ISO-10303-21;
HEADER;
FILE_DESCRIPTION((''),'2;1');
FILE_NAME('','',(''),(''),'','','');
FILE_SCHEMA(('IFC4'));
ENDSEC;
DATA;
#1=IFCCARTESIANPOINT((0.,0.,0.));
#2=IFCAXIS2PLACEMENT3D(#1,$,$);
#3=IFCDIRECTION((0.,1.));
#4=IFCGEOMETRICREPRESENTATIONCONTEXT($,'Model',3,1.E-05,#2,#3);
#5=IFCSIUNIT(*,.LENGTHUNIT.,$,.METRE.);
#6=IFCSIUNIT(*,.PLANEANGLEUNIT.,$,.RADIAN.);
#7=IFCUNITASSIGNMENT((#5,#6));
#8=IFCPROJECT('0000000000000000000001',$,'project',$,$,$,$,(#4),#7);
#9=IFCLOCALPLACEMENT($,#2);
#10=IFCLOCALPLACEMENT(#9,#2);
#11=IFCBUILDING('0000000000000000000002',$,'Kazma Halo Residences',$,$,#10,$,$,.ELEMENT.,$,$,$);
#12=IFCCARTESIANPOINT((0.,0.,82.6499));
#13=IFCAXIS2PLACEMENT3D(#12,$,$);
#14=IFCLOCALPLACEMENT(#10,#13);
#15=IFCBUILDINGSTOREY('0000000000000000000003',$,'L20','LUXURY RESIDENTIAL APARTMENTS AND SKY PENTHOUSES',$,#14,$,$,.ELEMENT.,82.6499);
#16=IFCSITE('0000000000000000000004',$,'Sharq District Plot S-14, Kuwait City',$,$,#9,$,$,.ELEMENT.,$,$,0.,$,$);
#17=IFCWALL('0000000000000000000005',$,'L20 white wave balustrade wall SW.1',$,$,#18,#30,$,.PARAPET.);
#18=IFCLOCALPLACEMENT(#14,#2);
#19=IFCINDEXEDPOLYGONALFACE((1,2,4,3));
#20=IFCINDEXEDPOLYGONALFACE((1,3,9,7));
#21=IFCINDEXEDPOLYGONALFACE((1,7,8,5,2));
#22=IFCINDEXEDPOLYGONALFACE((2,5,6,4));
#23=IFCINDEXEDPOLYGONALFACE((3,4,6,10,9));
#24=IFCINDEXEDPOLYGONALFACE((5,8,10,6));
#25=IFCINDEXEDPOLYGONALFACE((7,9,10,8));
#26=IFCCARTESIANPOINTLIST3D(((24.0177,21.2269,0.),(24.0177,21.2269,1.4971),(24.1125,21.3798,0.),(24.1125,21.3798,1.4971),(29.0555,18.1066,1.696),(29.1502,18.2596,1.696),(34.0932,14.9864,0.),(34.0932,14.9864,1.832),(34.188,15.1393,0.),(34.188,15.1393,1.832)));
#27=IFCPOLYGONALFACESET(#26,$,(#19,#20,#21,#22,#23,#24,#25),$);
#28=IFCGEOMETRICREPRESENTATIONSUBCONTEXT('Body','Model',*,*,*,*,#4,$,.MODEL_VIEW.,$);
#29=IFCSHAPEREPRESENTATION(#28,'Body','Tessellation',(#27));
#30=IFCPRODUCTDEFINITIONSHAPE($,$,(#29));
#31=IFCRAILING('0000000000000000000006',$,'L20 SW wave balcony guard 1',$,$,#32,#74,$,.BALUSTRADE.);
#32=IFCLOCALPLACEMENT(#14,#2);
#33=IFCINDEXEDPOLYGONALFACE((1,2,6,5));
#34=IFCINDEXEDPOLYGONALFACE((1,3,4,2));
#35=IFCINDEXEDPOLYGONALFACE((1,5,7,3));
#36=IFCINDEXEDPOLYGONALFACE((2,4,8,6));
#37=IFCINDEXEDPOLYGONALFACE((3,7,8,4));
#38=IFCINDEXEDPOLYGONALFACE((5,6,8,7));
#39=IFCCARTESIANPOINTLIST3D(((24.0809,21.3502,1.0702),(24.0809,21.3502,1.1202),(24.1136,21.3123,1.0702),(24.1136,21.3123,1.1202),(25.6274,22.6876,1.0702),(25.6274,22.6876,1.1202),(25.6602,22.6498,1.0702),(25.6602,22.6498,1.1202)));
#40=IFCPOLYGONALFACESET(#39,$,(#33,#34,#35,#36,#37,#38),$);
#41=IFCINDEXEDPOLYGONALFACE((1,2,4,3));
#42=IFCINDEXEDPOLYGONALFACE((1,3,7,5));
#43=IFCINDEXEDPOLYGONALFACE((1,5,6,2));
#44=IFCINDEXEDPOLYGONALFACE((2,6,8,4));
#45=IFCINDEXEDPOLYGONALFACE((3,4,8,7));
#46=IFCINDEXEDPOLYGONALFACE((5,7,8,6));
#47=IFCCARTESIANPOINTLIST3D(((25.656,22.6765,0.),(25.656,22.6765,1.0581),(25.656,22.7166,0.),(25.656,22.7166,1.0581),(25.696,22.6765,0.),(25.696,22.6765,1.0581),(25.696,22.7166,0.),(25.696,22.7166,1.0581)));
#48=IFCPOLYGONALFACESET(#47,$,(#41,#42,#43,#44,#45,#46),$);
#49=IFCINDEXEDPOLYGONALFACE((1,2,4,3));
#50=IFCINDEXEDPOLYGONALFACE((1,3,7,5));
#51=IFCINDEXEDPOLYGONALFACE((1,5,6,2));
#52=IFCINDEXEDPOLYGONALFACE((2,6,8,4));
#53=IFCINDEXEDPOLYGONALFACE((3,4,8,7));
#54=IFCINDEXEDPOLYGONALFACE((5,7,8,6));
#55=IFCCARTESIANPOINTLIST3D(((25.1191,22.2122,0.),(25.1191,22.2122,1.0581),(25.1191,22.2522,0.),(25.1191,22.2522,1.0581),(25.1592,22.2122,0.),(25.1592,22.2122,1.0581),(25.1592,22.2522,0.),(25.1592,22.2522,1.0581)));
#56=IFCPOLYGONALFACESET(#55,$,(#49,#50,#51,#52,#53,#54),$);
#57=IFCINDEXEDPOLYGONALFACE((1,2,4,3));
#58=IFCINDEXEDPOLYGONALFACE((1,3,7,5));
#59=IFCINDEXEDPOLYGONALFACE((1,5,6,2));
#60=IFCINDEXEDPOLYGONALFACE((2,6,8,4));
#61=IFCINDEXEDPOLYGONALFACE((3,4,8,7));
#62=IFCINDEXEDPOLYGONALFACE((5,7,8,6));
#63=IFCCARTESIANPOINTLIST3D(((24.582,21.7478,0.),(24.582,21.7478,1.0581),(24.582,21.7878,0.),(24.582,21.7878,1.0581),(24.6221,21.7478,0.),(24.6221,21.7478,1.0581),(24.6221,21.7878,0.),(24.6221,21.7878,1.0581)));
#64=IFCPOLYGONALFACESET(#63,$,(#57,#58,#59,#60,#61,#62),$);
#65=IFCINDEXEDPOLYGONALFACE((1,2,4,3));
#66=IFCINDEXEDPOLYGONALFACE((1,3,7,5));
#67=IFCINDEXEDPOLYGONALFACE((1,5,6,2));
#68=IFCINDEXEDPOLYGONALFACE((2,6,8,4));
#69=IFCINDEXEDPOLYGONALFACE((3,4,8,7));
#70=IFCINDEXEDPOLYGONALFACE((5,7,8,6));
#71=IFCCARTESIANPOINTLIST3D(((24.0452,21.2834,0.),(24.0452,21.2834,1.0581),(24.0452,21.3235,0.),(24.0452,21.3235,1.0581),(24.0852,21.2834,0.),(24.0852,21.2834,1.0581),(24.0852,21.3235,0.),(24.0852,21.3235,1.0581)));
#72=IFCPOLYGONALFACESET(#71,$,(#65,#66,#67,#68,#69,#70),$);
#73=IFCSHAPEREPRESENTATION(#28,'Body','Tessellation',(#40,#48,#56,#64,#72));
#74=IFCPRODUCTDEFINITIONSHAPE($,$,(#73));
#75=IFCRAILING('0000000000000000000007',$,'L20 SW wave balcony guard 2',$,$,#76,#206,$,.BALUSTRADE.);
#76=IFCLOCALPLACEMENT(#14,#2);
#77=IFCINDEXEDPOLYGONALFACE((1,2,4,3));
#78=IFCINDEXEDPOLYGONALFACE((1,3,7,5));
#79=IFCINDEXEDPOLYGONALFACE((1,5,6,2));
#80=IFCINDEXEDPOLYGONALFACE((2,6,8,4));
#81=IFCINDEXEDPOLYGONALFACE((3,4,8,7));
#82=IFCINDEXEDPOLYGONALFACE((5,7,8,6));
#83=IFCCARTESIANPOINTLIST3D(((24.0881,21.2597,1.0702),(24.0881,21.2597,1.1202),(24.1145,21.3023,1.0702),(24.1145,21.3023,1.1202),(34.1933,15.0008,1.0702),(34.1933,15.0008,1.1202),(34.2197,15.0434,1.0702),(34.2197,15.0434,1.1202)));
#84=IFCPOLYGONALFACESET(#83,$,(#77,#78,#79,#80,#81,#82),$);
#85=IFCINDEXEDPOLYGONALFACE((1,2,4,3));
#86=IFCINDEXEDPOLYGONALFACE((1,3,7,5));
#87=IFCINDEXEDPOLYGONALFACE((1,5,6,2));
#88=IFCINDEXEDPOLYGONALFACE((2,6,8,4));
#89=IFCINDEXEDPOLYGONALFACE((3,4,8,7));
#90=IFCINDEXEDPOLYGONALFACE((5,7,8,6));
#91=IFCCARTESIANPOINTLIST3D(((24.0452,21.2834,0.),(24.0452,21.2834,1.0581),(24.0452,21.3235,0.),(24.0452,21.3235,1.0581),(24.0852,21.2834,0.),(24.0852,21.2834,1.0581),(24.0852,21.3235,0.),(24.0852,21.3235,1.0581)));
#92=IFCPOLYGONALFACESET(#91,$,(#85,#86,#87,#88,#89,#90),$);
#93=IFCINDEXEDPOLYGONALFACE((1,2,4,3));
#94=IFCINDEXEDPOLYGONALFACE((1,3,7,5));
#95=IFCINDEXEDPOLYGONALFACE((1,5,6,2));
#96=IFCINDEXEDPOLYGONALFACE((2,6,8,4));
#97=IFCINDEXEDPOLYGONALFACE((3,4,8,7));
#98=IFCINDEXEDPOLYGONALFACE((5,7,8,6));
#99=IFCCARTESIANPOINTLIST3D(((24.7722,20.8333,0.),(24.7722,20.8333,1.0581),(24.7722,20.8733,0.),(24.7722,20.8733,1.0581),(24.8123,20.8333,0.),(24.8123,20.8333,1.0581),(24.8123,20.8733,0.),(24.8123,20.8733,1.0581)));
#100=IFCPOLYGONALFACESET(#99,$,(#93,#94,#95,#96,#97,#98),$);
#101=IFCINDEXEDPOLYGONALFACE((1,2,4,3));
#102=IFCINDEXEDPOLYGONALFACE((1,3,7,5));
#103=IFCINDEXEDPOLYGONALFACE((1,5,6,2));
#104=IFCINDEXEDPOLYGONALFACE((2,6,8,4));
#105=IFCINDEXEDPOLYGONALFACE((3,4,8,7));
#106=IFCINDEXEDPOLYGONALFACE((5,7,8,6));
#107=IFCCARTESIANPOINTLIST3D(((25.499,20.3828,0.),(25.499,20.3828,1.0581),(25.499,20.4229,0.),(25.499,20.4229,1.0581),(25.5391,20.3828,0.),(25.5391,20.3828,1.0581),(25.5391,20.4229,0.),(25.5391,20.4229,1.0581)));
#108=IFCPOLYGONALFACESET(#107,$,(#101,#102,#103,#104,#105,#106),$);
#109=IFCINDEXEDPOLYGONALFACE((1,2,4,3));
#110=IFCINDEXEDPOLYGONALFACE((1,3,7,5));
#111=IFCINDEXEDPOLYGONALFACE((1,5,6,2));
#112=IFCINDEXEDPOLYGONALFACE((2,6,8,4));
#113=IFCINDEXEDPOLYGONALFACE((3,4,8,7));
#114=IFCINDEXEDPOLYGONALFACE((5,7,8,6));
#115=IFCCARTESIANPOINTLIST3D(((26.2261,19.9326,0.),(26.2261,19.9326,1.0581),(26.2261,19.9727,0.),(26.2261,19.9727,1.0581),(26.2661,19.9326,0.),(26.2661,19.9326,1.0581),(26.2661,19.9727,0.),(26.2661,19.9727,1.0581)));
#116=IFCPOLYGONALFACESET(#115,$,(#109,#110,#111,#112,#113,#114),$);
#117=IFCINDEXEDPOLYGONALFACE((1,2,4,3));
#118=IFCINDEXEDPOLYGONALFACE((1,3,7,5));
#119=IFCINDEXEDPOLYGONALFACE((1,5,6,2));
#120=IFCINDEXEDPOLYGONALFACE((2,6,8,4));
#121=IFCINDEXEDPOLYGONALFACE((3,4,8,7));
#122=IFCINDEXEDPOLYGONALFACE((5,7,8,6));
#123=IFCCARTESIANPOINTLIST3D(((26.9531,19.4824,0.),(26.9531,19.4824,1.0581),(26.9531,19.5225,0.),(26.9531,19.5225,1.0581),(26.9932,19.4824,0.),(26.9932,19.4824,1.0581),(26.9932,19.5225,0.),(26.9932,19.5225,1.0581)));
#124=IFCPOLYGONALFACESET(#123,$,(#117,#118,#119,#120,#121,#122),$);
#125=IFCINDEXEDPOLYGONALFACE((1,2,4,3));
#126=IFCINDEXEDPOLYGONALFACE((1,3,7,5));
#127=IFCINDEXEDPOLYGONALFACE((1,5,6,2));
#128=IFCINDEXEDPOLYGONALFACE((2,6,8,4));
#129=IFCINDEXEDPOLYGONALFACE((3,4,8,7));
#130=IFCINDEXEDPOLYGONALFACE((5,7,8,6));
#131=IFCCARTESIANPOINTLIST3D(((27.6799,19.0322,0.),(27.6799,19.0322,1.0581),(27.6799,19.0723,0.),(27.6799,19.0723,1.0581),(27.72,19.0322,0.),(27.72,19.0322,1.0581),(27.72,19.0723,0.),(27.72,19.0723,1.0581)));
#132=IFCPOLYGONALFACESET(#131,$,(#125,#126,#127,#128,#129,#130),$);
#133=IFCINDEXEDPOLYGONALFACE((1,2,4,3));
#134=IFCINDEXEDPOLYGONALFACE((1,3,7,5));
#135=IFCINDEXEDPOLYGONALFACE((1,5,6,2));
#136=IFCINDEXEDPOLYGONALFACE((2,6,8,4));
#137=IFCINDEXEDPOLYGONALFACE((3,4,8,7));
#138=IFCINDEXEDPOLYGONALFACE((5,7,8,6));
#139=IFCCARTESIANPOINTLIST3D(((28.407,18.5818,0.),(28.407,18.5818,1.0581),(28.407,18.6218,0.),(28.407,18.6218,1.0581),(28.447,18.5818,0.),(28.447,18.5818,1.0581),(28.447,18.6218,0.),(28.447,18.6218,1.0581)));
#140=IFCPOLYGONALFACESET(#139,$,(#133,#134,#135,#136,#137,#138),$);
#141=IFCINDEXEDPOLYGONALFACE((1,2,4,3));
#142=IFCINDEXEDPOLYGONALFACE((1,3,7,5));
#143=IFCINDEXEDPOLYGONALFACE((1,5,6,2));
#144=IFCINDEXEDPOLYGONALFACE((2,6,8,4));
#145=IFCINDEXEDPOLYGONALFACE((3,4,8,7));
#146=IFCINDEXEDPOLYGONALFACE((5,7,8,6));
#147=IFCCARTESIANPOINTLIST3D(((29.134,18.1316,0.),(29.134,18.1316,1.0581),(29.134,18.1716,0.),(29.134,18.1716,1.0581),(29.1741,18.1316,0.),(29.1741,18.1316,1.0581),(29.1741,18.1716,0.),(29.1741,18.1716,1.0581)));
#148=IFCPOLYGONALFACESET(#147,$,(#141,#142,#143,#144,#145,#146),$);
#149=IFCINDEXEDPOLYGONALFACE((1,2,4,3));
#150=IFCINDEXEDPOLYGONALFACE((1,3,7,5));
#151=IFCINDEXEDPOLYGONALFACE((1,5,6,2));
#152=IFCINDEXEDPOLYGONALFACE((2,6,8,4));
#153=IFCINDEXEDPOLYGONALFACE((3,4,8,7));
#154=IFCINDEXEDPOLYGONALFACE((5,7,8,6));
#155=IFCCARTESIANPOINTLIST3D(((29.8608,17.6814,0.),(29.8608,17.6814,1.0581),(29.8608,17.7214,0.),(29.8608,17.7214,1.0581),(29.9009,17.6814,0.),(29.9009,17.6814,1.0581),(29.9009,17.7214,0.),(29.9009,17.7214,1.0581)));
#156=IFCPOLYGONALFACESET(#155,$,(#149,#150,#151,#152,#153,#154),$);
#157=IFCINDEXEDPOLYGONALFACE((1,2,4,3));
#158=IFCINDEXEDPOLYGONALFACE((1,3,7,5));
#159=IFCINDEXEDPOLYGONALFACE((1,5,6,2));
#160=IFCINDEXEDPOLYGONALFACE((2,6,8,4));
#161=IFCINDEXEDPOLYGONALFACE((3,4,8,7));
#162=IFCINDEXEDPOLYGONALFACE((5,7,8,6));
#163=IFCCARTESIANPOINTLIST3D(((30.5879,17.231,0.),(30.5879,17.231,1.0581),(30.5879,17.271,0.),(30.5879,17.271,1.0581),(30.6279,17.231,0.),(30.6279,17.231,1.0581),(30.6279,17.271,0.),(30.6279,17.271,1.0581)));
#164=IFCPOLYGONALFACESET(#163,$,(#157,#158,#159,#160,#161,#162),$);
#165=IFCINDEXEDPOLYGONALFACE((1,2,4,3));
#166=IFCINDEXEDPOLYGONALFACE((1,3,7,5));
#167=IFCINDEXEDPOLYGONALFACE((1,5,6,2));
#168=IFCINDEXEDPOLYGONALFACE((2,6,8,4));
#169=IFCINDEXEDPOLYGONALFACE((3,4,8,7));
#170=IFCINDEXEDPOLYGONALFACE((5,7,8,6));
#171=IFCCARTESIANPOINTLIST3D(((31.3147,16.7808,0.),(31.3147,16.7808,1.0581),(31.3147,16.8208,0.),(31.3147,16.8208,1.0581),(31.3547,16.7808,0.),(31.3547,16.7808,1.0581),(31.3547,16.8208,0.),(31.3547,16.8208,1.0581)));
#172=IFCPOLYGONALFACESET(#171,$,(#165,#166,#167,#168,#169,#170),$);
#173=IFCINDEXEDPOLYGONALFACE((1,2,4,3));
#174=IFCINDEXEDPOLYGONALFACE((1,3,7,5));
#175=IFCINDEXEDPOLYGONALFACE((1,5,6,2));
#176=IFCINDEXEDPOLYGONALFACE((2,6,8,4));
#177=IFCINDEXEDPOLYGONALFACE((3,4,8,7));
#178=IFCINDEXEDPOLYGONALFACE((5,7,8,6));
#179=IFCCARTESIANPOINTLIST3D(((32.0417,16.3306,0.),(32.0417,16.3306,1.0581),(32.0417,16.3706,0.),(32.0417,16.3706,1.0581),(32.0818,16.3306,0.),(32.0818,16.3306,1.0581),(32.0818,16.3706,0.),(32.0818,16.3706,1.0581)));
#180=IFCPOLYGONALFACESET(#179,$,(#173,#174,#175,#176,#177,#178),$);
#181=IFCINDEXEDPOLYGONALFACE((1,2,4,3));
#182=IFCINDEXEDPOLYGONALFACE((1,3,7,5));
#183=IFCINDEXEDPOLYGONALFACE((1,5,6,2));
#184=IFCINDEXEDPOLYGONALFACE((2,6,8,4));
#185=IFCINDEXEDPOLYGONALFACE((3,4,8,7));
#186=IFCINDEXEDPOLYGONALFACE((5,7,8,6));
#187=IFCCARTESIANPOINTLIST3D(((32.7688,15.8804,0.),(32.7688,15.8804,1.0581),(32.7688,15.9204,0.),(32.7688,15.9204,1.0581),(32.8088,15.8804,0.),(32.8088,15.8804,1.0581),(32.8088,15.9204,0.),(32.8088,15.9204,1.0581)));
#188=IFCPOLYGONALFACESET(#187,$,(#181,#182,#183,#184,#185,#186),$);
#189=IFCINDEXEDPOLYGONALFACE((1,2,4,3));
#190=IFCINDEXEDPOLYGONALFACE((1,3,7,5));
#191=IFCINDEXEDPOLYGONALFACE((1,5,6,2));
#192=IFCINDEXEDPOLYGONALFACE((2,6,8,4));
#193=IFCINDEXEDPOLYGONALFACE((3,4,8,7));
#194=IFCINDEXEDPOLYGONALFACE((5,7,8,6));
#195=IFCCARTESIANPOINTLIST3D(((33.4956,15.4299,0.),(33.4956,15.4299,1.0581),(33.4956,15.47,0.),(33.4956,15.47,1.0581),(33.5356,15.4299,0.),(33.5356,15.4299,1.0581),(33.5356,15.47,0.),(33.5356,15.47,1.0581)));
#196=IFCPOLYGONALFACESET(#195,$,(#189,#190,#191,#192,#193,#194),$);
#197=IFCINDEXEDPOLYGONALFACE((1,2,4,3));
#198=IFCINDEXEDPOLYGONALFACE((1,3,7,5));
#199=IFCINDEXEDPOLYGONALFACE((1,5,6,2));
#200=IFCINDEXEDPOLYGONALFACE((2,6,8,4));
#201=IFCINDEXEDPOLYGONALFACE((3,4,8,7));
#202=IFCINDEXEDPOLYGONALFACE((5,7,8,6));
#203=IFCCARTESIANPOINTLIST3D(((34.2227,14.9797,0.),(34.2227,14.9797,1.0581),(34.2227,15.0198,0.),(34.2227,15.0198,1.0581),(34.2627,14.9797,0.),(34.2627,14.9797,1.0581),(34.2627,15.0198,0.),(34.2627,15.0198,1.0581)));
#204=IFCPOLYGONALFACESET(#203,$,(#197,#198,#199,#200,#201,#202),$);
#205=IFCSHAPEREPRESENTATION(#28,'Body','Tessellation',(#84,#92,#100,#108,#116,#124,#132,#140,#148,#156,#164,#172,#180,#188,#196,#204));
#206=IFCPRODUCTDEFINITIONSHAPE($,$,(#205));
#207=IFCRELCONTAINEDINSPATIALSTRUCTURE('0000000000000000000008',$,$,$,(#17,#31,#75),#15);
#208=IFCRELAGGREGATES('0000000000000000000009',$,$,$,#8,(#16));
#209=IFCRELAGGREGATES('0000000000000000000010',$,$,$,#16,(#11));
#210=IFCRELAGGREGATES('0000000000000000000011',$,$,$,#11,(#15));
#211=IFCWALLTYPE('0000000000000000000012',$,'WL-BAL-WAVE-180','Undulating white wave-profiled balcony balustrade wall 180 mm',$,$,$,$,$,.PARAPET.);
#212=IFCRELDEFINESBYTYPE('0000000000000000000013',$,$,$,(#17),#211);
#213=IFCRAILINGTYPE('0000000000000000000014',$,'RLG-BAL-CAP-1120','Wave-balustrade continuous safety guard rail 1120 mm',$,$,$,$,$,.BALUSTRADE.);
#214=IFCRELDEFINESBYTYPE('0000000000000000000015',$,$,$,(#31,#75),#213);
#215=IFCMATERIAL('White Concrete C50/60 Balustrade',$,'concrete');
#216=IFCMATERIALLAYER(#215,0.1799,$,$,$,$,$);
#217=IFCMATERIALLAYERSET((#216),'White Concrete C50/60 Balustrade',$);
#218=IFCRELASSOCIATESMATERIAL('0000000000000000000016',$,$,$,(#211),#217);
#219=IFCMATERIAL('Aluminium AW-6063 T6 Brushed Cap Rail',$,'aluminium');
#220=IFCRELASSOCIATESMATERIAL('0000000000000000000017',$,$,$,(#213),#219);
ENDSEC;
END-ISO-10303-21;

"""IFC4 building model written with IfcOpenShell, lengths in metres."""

from ifc_helpers import new_model, si_unit, direction, frame, origin, origin_2d, place, context, subcontext, project, spatial, polyline, rectangle, outline, extrude, material, layer, layer_set, type_object, element, save


model = new_model("IFC4")

# Units and contexts
model_context = context("Model", 3, precision=1e-05, world=origin(), true_north=direction((0.0, 1.0)))
body_context = subcontext(model_context, "Body", "Model", "MODEL_VIEW")
ifc_project = project(units=[si_unit("LENGTHUNIT", "METRE"), si_unit("PLANEANGLEUNIT", "RADIAN")], contexts=[model_context])

# Site, building, storey
site_placement = place(None, origin())
site = spatial("IfcSite", under=ifc_project, at=site_placement, Name="Sharq District Plot S-14, Kuwait City", CompositionType="ELEMENT", RefElevation=0.0)
building_placement = place(site_placement, origin())
building = spatial("IfcBuilding", under=site, at=building_placement, Name="Kazma Halo Residences", CompositionType="ELEMENT")
storey_placement = place(building_placement, frame((0.0, 0.0, 82.6499)))
storey = spatial("IfcBuildingStorey", under=building, at=storey_placement, Name="L20", Description="LUXURY RESIDENTIAL APARTMENTS AND SKY PENTHOUSES", CompositionType="ELEMENT", Elevation=82.6499)

# Wall
ifc_material_1 = material(Name="White Concrete C50/60 Balustrade", Category="concrete")
ifc_layer_1 = layer(ifc_material_1, 0.1799)
ifc_layer_set_1 = layer_set([ifc_layer_1], Name="White Concrete C50/60 Balustrade")
wall_type_1 = type_object("IfcWallType", Name="WL-BAL-WAVE-180", Description="Undulating white wave-profiled balcony balustrade wall 180 mm", PredefinedType="PARAPET", material=ifc_layer_set_1)
wall_1_placement = place(storey_placement, frame((24.0652, 21.3035, 0.0), z_axis=(0.0, 0.0, 1.0), x_axis=(0.85014, -0.526556, 0.0)))
element("IfcWall", 1, at=wall_1_placement, inside=storey, type_object=wall_type_1, Name="L20 white wave balustrade wall SW.1", PredefinedType="PARAPET", context=body_context, shape_type="SweptSolid", body=[
    extrude(outline(polyline([(0.0, 0.0), (11.8516, 0.0), (11.8516, 1.832), (5.9258, 1.696), (0.0, 1.4971), (0.0, 0.0)])), frame((0.0, 0.0898, 0.0), z_axis=(0.0, -1.0, 0.0), x_axis=(1.0, 0.0, 0.0)), (0.0, 0.0, 1.0), 0.1799),
])

# Railings
ifc_material_2 = material(Name="Aluminium AW-6063 T6 Brushed Cap Rail", Category="aluminium")
railing_type = type_object("IfcRailingType", Name="RLG-BAL-CAP-1120", Description="Wave-balustrade continuous safety guard rail 1120 mm", PredefinedType="BALUSTRADE", material=ifc_material_2)
railing_1_placement = place(storey_placement, frame((25.676, 22.6965, 0.0)))
element("IfcRailing", 2, at=railing_1_placement, inside=storey, type_object=railing_type, Name="L20 SW wave balcony guard 1", PredefinedType="BALUSTRADE", context=body_context, shape_type="SweptSolid", body=[
    extrude(rectangle(XDim=0.05, YDim=0.05, at=origin_2d()), frame((-0.0322, -0.0278, 1.0952), z_axis=(-0.756385, -0.654127, 0.0), x_axis=(0.654127, -0.756385, 0.0)), (0.0, 0.0, 1.0), 2.0447),
    extrude(rectangle(XDim=0.04, YDim=0.04, at=origin_2d()), origin(), (0.0, 0.0, 1.0), 1.0581),
    extrude(rectangle(XDim=0.04, YDim=0.04, at=origin_2d()), frame((-0.5369, -0.4644, 0.0)), (0.0, 0.0, 1.0), 1.0581),
    extrude(rectangle(XDim=0.04, YDim=0.04, at=origin_2d()), frame((-1.074, -0.9287, 0.0)), (0.0, 0.0, 1.0), 1.0581),
    extrude(rectangle(XDim=0.04, YDim=0.04, at=origin_2d()), frame((-1.6108, -1.3931, 0.0)), (0.0, 0.0, 1.0), 1.0581),
])
railing_2_placement = place(storey_placement, frame((24.0652, 21.3035, 0.0)))
element("IfcRailing", 3, at=railing_2_placement, inside=storey, type_object=railing_type, Name="L20 SW wave balcony guard 2", PredefinedType="BALUSTRADE", context=body_context, shape_type="SweptSolid", body=[
    extrude(rectangle(XDim=0.05, YDim=0.05, at=origin_2d()), frame((0.0361, -0.0225, 1.0952), z_axis=(0.85014, -0.526557, 0.0), x_axis=(0.526557, 0.85014, 0.0)), (0.0, 0.0, 1.0), 11.8865),
    extrude(rectangle(XDim=0.04, YDim=0.04, at=origin_2d()), origin(), (0.0, 0.0, 1.0), 1.0581),
    extrude(rectangle(XDim=0.04, YDim=0.04, at=origin_2d()), frame((0.7271, -0.4502, 0.0)), (0.0, 0.0, 1.0), 1.0581),
    extrude(rectangle(XDim=0.04, YDim=0.04, at=origin_2d()), frame((1.4539, -0.9006, 0.0)), (0.0, 0.0, 1.0), 1.0581),
    extrude(rectangle(XDim=0.04, YDim=0.04, at=origin_2d()), frame((2.1809, -1.3508, 0.0)), (0.0, 0.0, 1.0), 1.0581),
    extrude(rectangle(XDim=0.04, YDim=0.04, at=origin_2d()), frame((2.908, -1.801, 0.0)), (0.0, 0.0, 1.0), 1.0581),
    extrude(rectangle(XDim=0.04, YDim=0.04, at=origin_2d()), frame((3.6348, -2.2512, 0.0)), (0.0, 0.0, 1.0), 1.0581),
    extrude(rectangle(XDim=0.04, YDim=0.04, at=origin_2d()), frame((4.3618, -2.7017, 0.0)), (0.0, 0.0, 1.0), 1.0581),
    extrude(rectangle(XDim=0.04, YDim=0.04, at=origin_2d()), frame((5.0889, -3.1519, 0.0)), (0.0, 0.0, 1.0), 1.0581),
    extrude(rectangle(XDim=0.04, YDim=0.04, at=origin_2d()), frame((5.8157, -3.6021, 0.0)), (0.0, 0.0, 1.0), 1.0581),
    extrude(rectangle(XDim=0.04, YDim=0.04, at=origin_2d()), frame((6.5427, -4.0525, 0.0)), (0.0, 0.0, 1.0), 1.0581),
    extrude(rectangle(XDim=0.04, YDim=0.04, at=origin_2d()), frame((7.2695, -4.5027, 0.0)), (0.0, 0.0, 1.0), 1.0581),
    extrude(rectangle(XDim=0.04, YDim=0.04, at=origin_2d()), frame((7.9966, -4.9529, 0.0)), (0.0, 0.0, 1.0), 1.0581),
    extrude(rectangle(XDim=0.04, YDim=0.04, at=origin_2d()), frame((8.7236, -5.4031, 0.0)), (0.0, 0.0, 1.0), 1.0581),
    extrude(rectangle(XDim=0.04, YDim=0.04, at=origin_2d()), frame((9.4504, -5.8535, 0.0)), (0.0, 0.0, 1.0), 1.0581),
    extrude(rectangle(XDim=0.04, YDim=0.04, at=origin_2d()), frame((10.1775, -6.3037, 0.0)), (0.0, 0.0, 1.0), 1.0581),
])

save(model, "model.ifc")
